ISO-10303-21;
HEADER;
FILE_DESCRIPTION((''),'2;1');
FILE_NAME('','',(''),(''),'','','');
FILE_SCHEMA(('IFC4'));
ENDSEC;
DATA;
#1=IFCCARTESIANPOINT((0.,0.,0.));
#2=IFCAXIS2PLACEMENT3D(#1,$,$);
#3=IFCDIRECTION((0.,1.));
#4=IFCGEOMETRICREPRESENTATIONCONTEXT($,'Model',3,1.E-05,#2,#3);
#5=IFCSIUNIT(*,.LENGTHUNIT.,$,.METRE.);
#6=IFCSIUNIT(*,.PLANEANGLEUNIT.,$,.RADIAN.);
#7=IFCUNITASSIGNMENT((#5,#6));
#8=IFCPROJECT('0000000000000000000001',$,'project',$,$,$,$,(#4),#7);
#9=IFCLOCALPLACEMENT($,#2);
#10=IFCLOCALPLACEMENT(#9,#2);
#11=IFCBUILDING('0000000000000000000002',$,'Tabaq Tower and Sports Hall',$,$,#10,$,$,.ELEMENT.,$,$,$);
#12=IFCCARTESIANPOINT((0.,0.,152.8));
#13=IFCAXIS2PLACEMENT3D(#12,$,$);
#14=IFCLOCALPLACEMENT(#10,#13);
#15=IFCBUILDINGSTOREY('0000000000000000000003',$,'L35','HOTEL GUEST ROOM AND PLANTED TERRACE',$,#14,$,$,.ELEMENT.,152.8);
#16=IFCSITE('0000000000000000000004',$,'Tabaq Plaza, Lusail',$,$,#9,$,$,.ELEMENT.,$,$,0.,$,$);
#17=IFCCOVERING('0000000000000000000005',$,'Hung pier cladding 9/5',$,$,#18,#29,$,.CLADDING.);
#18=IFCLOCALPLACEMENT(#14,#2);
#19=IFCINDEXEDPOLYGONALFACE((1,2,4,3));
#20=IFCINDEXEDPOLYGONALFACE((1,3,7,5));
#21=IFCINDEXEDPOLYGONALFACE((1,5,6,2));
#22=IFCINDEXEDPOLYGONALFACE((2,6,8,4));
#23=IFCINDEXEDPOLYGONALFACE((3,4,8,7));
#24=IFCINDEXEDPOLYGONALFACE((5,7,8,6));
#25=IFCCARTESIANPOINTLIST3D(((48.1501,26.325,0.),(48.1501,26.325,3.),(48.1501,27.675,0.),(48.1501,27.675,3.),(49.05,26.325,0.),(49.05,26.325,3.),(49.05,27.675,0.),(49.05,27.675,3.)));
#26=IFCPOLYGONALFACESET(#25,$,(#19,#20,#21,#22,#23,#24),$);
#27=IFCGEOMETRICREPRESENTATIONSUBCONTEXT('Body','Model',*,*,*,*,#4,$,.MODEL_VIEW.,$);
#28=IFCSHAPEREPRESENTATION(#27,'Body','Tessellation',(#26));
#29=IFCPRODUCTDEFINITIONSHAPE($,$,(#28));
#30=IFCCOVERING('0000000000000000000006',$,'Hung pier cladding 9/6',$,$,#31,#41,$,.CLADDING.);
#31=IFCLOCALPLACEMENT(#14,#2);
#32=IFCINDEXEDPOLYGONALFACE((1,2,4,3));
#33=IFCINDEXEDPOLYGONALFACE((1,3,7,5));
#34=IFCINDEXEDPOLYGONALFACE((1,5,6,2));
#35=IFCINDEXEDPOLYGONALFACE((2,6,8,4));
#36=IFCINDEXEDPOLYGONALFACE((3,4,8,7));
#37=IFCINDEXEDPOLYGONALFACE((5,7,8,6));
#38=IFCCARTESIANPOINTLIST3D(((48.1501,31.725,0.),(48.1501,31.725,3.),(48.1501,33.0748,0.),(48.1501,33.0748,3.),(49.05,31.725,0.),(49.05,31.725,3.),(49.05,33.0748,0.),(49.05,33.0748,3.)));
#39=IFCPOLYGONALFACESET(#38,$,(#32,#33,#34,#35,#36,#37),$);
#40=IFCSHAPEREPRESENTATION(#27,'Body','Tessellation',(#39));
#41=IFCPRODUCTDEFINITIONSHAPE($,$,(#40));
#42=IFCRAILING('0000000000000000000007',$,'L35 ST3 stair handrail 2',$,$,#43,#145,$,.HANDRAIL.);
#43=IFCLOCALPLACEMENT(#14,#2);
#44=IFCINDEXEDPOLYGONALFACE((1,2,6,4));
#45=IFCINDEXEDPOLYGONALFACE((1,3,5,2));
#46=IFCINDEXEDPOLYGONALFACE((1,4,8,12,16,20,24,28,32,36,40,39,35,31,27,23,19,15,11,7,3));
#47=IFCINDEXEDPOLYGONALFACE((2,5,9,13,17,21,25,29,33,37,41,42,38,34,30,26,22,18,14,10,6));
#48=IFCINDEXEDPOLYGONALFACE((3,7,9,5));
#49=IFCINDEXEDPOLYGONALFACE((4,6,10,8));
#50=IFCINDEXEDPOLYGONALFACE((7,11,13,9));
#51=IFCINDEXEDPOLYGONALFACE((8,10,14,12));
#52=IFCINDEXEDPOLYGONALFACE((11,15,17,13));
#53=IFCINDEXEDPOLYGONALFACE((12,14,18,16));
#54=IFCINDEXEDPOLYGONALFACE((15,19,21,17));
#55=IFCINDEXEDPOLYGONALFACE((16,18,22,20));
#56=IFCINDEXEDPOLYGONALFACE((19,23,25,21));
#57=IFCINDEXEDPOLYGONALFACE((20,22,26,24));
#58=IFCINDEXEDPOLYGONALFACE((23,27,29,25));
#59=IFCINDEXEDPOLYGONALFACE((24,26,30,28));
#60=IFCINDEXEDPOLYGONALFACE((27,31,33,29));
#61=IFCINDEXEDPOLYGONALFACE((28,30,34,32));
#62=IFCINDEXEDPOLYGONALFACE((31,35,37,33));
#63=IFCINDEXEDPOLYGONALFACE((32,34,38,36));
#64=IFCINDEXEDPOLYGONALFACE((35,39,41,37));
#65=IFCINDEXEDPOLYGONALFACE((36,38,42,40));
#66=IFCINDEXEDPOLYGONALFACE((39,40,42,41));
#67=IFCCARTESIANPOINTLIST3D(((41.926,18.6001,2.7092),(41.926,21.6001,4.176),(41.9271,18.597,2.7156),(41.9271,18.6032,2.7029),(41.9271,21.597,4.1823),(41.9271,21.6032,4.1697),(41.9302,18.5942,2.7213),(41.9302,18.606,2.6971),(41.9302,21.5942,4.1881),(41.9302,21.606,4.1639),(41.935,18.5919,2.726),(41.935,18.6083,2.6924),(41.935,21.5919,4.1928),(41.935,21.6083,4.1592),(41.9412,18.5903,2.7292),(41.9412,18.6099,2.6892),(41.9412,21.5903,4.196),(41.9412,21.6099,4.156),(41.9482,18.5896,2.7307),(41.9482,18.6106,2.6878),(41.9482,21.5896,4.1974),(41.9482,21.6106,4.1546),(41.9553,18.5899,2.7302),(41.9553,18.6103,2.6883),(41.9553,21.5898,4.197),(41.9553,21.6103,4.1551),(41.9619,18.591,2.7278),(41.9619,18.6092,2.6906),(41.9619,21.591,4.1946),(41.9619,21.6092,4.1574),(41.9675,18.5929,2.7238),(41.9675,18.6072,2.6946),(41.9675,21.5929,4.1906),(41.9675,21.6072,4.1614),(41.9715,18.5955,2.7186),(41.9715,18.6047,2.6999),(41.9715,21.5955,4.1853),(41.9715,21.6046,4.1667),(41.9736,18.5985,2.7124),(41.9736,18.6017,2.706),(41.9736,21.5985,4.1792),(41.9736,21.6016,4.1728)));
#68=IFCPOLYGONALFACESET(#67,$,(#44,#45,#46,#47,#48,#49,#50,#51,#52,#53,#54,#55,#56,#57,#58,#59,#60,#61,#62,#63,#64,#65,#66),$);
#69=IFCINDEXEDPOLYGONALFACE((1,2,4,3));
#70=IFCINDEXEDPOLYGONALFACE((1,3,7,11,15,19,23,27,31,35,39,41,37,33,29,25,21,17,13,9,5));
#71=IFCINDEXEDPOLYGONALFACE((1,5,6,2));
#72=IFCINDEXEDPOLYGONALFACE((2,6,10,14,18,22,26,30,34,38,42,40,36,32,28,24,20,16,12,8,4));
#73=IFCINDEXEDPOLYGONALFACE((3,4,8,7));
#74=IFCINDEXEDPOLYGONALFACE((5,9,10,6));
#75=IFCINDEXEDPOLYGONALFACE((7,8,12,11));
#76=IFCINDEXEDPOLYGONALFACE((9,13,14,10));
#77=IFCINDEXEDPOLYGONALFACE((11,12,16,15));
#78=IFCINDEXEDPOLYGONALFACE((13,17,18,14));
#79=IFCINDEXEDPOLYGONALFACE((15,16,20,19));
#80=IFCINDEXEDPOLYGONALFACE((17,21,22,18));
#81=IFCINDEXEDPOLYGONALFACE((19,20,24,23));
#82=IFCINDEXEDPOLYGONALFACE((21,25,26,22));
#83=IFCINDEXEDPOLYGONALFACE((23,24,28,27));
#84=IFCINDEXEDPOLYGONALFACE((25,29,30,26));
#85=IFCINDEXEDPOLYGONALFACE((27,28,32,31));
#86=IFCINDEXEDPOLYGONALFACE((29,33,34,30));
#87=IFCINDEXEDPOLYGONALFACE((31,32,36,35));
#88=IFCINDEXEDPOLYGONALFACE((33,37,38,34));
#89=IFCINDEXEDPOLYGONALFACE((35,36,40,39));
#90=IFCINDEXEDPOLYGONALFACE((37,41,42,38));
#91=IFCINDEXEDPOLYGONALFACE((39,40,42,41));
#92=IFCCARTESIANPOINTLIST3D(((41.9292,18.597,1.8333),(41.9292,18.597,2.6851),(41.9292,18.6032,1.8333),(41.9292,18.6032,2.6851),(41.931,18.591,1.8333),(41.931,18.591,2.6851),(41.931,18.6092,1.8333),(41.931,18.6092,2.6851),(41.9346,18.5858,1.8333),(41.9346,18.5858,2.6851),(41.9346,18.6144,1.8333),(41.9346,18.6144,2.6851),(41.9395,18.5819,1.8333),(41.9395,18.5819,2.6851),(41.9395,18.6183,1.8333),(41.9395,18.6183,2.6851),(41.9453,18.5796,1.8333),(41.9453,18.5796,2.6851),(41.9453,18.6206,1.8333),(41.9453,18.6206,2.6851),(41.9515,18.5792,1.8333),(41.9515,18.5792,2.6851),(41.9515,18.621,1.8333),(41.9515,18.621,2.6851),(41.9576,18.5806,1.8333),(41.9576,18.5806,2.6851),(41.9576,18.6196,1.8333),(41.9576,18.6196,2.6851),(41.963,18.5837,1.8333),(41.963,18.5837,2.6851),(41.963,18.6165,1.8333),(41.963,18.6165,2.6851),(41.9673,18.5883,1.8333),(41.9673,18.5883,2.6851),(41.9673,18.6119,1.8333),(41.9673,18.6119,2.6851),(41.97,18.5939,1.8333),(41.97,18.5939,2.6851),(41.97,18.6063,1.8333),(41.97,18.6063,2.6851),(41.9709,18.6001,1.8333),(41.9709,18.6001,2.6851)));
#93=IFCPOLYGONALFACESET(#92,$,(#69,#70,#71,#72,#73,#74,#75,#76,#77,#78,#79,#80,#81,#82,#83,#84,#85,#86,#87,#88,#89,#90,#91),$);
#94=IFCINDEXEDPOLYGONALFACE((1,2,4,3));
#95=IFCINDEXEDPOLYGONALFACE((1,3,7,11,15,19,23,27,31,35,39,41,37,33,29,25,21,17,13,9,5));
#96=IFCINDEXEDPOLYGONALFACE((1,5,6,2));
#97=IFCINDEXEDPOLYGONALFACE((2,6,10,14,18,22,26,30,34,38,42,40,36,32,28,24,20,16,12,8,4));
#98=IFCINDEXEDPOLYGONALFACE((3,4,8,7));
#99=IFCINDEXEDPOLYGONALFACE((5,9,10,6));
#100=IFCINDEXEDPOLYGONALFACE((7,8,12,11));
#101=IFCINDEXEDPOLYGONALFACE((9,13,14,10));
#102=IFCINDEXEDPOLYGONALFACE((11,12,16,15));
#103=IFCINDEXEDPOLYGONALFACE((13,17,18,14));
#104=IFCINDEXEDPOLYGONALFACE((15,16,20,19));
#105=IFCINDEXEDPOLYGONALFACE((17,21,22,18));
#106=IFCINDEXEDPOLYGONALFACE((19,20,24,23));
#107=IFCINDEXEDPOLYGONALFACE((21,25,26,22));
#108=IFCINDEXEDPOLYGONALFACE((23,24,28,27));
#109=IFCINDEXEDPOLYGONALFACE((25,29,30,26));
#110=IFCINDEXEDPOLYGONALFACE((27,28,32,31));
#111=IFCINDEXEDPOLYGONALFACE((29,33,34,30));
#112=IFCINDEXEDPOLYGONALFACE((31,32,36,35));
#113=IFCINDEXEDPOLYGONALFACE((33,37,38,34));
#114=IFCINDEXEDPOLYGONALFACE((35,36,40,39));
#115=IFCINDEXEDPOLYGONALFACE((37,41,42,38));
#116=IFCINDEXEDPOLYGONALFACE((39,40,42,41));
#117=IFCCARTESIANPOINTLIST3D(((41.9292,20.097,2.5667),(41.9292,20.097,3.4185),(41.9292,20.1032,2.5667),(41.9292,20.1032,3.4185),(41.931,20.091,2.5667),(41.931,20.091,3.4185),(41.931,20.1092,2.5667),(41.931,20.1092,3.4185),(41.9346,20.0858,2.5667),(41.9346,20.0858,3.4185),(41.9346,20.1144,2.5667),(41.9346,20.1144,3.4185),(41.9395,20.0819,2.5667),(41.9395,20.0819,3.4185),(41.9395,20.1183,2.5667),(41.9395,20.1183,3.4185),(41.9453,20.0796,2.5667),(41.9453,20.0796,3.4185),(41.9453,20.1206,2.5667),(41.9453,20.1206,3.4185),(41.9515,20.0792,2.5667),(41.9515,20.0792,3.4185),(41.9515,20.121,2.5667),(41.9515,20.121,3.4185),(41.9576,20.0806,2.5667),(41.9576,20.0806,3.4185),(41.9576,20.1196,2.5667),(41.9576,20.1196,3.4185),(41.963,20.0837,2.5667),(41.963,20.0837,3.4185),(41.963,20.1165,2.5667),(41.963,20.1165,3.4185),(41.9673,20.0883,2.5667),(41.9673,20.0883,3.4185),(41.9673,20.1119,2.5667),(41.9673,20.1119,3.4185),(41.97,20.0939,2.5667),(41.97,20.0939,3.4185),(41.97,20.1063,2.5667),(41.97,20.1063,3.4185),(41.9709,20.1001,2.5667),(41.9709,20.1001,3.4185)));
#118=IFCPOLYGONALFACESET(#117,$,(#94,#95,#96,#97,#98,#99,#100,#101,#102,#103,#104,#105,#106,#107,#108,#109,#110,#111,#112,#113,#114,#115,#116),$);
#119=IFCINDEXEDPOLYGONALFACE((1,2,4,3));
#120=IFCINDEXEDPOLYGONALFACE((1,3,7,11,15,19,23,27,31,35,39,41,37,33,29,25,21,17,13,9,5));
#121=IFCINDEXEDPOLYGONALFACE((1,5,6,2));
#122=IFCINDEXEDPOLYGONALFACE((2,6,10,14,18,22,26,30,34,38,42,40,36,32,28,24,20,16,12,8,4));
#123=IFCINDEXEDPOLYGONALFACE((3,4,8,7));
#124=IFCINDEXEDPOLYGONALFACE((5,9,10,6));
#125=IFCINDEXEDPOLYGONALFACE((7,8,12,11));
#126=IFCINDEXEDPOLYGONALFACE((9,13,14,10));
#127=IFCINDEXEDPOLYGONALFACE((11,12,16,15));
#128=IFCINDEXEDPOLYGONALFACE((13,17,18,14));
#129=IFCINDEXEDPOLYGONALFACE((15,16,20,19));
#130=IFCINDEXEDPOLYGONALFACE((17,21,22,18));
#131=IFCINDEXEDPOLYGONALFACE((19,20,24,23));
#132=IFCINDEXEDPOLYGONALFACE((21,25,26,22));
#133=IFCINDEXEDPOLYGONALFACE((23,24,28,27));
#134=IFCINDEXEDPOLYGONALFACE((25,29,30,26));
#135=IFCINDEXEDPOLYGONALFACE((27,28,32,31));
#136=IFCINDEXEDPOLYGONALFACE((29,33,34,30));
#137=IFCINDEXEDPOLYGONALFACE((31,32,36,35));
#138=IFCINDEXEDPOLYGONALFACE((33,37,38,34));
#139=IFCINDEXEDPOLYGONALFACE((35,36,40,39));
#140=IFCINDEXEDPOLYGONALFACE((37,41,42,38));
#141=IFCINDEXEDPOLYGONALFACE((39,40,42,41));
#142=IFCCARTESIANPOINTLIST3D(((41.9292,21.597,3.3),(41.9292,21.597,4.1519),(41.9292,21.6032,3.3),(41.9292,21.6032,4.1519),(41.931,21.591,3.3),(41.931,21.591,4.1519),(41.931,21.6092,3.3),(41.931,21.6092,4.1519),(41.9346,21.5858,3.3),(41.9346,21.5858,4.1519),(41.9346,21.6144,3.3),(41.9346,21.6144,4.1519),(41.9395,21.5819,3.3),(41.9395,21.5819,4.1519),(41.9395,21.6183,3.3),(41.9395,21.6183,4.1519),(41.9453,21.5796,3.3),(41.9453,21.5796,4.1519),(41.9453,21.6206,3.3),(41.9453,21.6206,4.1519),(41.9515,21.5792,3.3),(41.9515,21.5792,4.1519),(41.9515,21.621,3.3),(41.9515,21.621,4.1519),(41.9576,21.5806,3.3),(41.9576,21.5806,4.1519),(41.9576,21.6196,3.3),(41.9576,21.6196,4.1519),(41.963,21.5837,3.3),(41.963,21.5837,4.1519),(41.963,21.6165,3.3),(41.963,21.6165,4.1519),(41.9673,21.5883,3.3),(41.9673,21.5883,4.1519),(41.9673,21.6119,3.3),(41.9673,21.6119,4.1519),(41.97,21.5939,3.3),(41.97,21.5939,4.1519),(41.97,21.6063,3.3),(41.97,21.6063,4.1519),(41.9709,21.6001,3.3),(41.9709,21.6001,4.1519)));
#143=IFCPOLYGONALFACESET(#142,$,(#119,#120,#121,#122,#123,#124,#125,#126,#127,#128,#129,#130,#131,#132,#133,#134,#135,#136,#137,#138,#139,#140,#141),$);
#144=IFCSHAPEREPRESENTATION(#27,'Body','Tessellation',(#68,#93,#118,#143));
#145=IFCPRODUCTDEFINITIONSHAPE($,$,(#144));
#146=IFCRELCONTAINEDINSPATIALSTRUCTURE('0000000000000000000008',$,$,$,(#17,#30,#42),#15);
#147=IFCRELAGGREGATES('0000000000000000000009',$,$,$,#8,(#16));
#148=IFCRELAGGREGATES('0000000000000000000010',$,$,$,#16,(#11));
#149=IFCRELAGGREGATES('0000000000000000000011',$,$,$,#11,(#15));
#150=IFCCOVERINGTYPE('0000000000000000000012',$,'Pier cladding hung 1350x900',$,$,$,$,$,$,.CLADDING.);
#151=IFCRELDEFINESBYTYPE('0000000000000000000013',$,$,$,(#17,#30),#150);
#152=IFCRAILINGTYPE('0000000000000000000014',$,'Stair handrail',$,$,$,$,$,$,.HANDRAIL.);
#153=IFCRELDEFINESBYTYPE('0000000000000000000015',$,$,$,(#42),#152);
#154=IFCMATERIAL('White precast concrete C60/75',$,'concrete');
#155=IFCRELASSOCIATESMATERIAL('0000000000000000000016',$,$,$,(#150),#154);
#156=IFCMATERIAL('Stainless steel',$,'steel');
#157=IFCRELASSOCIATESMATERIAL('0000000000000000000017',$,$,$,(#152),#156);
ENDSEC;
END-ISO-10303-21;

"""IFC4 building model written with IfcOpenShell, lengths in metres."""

from ifc_helpers import new_model, si_unit, direction, frame, frame_2d, origin, origin_2d, place, context, subcontext, project, spatial, rectangle, circle, extrude, material, type_object, element, save


model = new_model("IFC4")

# Units and contexts
model_context = context("Model", 3, precision=1e-05, world=origin(), true_north=direction((0.0, 1.0)))
body_context = subcontext(model_context, "Body", "Model", "MODEL_VIEW")
ifc_project = project(units=[si_unit("LENGTHUNIT", "METRE"), si_unit("PLANEANGLEUNIT", "RADIAN")], contexts=[model_context])

# Site, building, storey
site_placement = place(None, origin())
site = spatial("IfcSite", under=ifc_project, at=site_placement, Name="Tabaq Plaza, Lusail", CompositionType="ELEMENT", RefElevation=0.0)
building_placement = place(site_placement, origin())
building = spatial("IfcBuilding", under=site, at=building_placement, Name="Tabaq Tower and Sports Hall", CompositionType="ELEMENT")
storey_placement = place(building_placement, frame((0.0, 0.0, 152.8)))
storey = spatial("IfcBuildingStorey", under=building, at=storey_placement, Name="L35", Description="HOTEL GUEST ROOM AND PLANTED TERRACE", CompositionType="ELEMENT", Elevation=152.8)

# Coverings
ifc_material_1 = material(Name="White precast concrete C60/75", Category="concrete")
covering_type_1 = type_object("IfcCoveringType", Name="Pier cladding hung 1350x900", PredefinedType="CLADDING", material=ifc_material_1)
covering_1_placement = place(storey_placement, frame((48.6001, 26.325, 0.0), z_axis=(0.0, 0.0, 1.0), x_axis=(0.0, 1.0, 0.0)))
element("IfcCovering", 1, at=covering_1_placement, inside=storey, type_object=covering_type_1, Name="Hung pier cladding 9/5", PredefinedType="CLADDING", context=body_context, shape_type="SweptSolid", body=[
    extrude(rectangle(XDim=1.3501, YDim=0.8999, at=frame_2d((0.675, 0.0))), origin(), (0.0, 0.0, 1.0), 3.0),
])
covering_2_placement = place(storey_placement, frame((48.6001, 31.7251, 0.0), z_axis=(0.0, 0.0, 1.0), x_axis=(0.0, 1.0, 0.0)))
element("IfcCovering", 2, at=covering_2_placement, inside=storey, type_object=covering_type_1, Name="Hung pier cladding 9/6", PredefinedType="CLADDING", context=body_context, shape_type="SweptSolid", body=[
    extrude(rectangle(XDim=1.3499, YDim=0.8999, at=frame_2d((0.6748, 0.0))), origin(), (0.0, 0.0, 1.0), 3.0),
])

# Railing
ifc_material_2 = material(Name="Stainless steel", Category="steel")
railing_type = type_object("IfcRailingType", Name="Stair handrail", PredefinedType="HANDRAIL", material=ifc_material_2)
railing_placement = place(storey_placement, frame((41.95, 18.6001, 1.8333)))
element("IfcRailing", 3, at=railing_placement, inside=storey, type_object=railing_type, Name="L35 ST3 stair handrail 2", PredefinedType="HANDRAIL", context=body_context, shape_type="SweptSolid", body=[
    extrude(circle(Radius=0.0239, at=origin_2d()), frame((0.0, 0.0, 0.876), z_axis=(0.0, 0.898369, 0.439242), x_axis=(-1.0, 0.0, 0.0)), (0.0, 0.0, 1.0), 3.3394),
    extrude(circle(Radius=0.021, at=origin_2d()), origin(), (0.0, 0.0, 1.0), 0.8518),
    extrude(circle(Radius=0.021, at=origin_2d()), frame((0.0, 1.5, 0.7334)), (0.0, 0.0, 1.0), 0.8518),
    extrude(circle(Radius=0.021, at=origin_2d()), frame((0.0, 3.0, 1.4668)), (0.0, 0.0, 1.0), 0.8518),
])

save(model, "model.ifc")
